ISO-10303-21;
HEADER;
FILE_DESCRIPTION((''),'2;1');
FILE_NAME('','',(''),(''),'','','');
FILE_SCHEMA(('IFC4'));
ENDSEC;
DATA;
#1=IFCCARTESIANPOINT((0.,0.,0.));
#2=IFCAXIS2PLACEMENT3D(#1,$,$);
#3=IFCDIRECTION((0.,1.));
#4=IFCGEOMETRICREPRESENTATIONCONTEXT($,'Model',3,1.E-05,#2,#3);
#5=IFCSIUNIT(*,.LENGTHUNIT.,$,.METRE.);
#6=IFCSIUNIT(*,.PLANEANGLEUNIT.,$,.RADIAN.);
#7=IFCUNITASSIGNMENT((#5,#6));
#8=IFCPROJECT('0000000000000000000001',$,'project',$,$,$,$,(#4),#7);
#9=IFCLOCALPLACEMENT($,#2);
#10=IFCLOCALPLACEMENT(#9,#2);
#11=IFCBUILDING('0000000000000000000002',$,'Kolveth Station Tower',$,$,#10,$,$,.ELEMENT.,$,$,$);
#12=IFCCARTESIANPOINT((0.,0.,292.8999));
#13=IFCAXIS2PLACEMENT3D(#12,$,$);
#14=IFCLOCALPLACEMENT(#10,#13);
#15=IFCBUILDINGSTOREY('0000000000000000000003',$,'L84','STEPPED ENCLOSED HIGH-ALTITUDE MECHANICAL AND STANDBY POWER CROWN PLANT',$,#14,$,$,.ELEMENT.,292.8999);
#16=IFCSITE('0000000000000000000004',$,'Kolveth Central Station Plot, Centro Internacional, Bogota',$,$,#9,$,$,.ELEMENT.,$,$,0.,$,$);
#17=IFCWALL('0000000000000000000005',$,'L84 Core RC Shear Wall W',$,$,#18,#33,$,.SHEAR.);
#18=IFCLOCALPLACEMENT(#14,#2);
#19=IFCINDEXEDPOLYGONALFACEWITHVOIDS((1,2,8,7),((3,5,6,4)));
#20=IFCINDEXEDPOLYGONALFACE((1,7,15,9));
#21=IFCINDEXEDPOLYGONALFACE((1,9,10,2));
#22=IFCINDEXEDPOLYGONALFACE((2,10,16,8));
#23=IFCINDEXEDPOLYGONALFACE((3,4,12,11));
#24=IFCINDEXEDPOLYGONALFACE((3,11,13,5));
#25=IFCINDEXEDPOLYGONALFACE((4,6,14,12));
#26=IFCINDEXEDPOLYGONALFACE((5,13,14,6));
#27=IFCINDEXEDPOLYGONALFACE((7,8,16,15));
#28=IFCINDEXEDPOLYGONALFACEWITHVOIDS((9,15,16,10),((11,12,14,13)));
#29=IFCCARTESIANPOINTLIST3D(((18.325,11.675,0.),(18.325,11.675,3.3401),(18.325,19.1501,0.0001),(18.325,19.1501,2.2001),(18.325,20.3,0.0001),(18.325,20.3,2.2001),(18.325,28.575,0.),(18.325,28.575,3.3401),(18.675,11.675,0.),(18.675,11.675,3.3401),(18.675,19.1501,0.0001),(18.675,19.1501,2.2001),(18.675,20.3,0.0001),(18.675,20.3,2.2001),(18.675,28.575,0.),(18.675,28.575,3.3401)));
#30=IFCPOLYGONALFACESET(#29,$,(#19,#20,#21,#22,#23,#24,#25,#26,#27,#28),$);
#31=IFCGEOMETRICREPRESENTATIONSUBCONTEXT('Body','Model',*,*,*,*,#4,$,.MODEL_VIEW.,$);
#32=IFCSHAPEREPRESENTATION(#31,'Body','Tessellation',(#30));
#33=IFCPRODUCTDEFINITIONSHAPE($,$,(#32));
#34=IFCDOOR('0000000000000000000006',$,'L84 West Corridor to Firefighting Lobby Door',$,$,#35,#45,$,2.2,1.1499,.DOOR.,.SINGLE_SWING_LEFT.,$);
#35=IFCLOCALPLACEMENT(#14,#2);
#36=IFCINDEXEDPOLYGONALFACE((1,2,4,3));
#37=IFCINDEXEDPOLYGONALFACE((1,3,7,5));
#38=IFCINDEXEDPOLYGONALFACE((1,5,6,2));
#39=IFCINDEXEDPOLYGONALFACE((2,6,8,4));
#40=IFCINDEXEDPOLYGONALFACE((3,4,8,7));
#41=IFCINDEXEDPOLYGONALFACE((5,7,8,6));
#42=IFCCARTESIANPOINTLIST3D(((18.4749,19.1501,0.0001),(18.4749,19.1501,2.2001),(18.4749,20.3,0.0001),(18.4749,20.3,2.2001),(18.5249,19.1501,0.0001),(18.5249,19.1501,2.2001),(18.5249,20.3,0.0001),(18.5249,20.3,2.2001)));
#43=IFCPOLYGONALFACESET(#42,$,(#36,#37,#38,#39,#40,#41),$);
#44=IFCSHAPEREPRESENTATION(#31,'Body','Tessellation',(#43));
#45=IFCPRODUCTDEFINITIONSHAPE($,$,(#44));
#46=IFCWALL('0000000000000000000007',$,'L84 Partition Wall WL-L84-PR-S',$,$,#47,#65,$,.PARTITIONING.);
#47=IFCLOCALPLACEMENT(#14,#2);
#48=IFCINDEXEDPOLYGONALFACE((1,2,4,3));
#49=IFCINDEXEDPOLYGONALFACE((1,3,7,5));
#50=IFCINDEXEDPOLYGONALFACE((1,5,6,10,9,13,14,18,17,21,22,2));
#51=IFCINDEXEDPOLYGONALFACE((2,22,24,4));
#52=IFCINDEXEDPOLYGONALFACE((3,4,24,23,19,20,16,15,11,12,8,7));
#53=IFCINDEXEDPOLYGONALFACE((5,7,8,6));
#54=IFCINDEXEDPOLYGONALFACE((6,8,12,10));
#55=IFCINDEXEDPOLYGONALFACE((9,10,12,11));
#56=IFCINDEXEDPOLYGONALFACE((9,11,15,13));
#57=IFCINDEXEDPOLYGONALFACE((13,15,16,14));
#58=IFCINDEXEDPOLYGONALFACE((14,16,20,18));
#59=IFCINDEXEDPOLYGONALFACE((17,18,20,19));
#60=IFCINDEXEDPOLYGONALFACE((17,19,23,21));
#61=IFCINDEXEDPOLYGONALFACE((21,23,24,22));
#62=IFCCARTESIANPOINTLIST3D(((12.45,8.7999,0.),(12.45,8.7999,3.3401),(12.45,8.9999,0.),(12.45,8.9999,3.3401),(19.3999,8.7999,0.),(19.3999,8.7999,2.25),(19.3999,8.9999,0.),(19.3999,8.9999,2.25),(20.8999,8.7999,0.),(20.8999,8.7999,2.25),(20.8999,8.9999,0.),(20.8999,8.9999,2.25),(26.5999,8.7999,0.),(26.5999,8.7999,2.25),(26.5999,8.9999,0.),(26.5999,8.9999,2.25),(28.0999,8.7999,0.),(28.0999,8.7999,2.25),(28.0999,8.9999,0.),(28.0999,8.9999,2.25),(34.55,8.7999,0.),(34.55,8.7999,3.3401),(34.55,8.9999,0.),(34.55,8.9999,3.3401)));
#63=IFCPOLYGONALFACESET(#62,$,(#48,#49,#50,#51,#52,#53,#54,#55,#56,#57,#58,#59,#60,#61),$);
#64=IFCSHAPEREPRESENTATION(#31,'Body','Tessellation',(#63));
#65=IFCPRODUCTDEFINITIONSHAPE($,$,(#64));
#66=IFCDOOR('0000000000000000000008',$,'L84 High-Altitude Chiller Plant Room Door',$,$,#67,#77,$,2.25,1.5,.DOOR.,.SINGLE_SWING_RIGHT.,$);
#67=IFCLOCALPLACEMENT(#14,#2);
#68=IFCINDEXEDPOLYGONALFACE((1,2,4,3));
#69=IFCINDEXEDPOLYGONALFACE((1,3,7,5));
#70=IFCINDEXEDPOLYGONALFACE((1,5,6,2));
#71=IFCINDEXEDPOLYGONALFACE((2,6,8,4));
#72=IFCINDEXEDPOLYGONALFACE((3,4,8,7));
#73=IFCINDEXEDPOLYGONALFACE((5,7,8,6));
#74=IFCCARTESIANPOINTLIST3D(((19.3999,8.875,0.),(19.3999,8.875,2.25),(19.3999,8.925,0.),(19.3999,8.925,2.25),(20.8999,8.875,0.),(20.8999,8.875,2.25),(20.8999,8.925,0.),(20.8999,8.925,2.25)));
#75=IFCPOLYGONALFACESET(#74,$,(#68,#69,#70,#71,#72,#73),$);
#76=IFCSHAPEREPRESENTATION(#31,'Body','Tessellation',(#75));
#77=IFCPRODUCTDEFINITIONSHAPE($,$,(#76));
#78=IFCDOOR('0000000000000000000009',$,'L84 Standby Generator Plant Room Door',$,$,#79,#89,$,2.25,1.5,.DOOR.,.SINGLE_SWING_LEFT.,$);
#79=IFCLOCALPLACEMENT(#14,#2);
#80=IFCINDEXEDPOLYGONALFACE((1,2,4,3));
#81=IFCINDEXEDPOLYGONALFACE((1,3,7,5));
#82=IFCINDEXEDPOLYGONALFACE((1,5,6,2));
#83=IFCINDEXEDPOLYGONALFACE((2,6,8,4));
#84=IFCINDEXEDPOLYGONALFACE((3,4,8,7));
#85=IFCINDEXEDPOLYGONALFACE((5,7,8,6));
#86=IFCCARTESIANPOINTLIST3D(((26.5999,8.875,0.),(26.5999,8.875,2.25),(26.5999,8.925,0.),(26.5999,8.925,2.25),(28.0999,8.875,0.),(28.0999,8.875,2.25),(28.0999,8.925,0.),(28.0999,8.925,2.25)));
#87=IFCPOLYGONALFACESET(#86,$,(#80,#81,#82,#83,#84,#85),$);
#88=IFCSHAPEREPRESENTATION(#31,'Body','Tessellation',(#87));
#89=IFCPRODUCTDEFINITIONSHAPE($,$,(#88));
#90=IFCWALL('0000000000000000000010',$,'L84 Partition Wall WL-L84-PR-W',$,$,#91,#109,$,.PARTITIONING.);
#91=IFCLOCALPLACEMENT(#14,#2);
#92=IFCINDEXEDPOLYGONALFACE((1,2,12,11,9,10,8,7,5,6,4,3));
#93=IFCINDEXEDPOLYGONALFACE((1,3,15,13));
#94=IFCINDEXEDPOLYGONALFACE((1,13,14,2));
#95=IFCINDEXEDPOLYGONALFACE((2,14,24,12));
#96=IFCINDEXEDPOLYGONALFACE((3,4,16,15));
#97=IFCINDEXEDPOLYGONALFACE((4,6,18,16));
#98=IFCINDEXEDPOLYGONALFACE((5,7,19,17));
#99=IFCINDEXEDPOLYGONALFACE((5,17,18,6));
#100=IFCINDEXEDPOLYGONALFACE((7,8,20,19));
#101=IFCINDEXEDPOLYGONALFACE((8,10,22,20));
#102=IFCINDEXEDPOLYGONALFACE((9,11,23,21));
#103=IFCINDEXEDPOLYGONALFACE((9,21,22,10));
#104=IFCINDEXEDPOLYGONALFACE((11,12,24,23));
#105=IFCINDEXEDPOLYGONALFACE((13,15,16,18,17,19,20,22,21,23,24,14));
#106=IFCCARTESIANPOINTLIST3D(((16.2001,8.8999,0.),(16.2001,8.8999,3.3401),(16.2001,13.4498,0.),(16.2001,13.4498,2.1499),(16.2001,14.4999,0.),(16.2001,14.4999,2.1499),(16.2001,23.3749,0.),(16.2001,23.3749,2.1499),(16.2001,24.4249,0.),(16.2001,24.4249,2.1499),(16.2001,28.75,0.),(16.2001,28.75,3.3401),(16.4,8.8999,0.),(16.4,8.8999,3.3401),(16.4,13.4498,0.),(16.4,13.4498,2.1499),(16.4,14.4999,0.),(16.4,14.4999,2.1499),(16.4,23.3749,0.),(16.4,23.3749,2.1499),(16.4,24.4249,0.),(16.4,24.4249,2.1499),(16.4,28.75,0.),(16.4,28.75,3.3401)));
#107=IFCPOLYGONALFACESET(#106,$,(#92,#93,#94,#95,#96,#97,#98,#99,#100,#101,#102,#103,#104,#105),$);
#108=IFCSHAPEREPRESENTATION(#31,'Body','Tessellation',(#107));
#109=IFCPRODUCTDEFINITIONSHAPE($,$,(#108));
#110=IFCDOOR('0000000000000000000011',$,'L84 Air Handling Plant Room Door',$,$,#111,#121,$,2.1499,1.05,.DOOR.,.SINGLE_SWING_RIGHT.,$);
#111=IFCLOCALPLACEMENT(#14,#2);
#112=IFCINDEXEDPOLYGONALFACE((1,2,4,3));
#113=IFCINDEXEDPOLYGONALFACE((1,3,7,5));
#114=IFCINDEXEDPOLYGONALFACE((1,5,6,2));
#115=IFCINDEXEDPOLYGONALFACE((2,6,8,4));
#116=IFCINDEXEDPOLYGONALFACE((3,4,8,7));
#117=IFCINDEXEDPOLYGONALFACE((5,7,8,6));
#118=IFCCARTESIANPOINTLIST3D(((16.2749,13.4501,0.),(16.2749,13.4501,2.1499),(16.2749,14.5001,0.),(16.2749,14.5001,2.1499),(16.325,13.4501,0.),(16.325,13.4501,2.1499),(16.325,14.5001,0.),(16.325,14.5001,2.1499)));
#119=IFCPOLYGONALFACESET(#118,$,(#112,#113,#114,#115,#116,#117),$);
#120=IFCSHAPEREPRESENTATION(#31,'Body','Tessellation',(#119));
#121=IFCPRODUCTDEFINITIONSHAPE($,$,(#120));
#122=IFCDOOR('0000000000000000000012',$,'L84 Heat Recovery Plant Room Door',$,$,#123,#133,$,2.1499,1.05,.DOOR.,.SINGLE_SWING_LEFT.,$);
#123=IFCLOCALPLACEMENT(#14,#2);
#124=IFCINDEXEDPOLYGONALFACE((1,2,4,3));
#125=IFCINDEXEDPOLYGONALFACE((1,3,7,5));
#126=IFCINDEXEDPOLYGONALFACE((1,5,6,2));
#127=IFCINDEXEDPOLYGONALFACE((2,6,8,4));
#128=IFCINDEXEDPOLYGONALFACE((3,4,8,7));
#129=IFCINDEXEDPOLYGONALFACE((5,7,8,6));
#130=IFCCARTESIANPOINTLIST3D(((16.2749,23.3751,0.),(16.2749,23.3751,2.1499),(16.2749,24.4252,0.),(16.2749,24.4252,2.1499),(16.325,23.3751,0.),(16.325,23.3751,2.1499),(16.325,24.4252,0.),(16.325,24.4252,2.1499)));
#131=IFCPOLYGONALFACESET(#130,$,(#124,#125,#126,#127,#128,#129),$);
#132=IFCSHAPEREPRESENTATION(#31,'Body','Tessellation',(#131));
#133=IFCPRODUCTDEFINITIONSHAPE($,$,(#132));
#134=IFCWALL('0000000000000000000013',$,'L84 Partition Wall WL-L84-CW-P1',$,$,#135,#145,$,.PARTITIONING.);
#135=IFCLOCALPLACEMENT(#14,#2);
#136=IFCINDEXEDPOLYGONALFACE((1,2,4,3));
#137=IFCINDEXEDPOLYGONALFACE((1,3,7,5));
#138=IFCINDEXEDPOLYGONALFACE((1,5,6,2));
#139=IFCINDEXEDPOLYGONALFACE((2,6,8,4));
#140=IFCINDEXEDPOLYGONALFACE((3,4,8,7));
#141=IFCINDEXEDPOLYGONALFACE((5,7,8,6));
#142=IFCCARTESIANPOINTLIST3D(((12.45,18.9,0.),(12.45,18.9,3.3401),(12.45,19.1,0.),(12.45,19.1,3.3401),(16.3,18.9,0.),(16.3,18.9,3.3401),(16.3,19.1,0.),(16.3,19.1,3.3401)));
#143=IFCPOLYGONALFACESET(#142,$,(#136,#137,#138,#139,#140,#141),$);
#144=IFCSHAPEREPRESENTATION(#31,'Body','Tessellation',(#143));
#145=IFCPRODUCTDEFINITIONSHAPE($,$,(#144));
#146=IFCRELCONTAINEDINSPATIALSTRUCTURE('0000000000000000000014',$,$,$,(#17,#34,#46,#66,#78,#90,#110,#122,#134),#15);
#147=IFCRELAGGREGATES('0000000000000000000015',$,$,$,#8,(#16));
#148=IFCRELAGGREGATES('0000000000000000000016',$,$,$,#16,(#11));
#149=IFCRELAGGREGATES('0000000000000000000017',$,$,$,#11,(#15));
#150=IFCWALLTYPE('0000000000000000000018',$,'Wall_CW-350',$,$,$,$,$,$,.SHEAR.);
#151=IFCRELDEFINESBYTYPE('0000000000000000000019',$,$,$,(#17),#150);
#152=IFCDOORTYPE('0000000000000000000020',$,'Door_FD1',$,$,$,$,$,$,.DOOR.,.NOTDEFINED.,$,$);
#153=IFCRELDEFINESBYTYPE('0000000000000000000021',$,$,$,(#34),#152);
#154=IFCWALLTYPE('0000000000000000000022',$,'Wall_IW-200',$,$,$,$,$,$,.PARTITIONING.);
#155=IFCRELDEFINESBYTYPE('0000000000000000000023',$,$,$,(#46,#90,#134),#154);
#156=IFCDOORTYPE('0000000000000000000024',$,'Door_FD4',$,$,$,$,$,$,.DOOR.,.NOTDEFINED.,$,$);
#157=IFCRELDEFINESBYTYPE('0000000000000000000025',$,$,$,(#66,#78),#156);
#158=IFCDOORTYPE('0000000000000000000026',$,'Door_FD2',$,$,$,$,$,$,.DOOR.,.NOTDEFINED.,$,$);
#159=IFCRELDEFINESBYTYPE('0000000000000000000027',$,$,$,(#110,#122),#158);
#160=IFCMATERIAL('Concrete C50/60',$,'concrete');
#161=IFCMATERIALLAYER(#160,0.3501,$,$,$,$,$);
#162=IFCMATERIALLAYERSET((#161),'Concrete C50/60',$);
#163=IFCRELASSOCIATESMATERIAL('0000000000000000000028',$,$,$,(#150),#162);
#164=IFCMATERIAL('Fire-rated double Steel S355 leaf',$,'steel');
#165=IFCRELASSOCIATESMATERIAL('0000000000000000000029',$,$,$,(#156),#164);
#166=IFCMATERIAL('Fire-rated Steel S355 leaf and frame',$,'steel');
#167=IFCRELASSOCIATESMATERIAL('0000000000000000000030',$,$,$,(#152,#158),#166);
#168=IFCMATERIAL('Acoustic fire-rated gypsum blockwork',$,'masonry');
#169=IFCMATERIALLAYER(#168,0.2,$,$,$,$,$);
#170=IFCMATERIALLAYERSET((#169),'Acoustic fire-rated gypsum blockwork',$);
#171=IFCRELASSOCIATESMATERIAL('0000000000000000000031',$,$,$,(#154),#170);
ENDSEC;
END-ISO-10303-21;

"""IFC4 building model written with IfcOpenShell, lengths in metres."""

from ifc_helpers import new_model, si_unit, direction, frame, frame_2d, origin, place, context, subcontext, project, spatial, rectangle, extrude, material, layer, layer_set, type_object, element, fill, save


model = new_model("IFC4")

# Units and contexts
model_context = context("Model", 3, precision=1e-05, world=origin(), true_north=direction((0.0, 1.0)))
body_context = subcontext(model_context, "Body", "Model", "MODEL_VIEW")
ifc_project = project(units=[si_unit("LENGTHUNIT", "METRE"), si_unit("PLANEANGLEUNIT", "RADIAN")], contexts=[model_context])

# Site, building, storey
site_placement = place(None, origin())
site = spatial("IfcSite", under=ifc_project, at=site_placement, Name="Kolveth Central Station Plot, Centro Internacional, Bogota", CompositionType="ELEMENT", RefElevation=0.0)
building_placement = place(site_placement, origin())
building = spatial("IfcBuilding", under=site, at=building_placement, Name="Kolveth Station Tower", CompositionType="ELEMENT")
storey_placement = place(building_placement, frame((0.0, 0.0, 292.8999)))
storey = spatial("IfcBuildingStorey", under=building, at=storey_placement, Name="L84", Description="STEPPED ENCLOSED HIGH-ALTITUDE MECHANICAL AND STANDBY POWER CROWN PLANT", CompositionType="ELEMENT", Elevation=292.8999)

# Wall, opening, door
ifc_material_1 = material(Name="Concrete C50/60", Category="concrete")
ifc_layer_1 = layer(ifc_material_1, 0.3501)
ifc_layer_set_1 = layer_set([ifc_layer_1], Name="Concrete C50/60")
wall_type_1 = type_object("IfcWallType", Name="Wall_CW-350", PredefinedType="SHEAR", material=ifc_layer_set_1)
ifc_material_2 = material(Name="Fire-rated double Steel S355 leaf", Category="steel")
door_type_1 = type_object("IfcDoorType", Name="Door_FD4", OperationType="NOTDEFINED", PredefinedType="DOOR", material=ifc_material_2)
wall_1_placement = place(storey_placement, frame((18.5, 11.675, 0.0), z_axis=(0.0, 0.0, 1.0), x_axis=(0.0, 1.0, 0.0)))
wall_1 = element("IfcWall", 1, at=wall_1_placement, inside=storey, type_object=wall_type_1, Name="L84 Core RC Shear Wall W", PredefinedType="SHEAR", context=body_context, shape_type="SweptSolid", body=[
    extrude(rectangle(XDim=16.8999, YDim=0.3501, at=frame_2d((8.45, 0.0))), origin(), (0.0, 0.0, 1.0), 3.3401),
])
opening_1_placement = place(wall_1_placement, frame((7.4751, 0.0, 0.0)))
opening_1 = element("IfcOpeningElement", 2, at=opening_1_placement, cuts=wall_1, PredefinedType="OPENING", context=body_context, shape_type="SweptSolid", body=[
    extrude(rectangle(XDim=1.1499, YDim=2.2, at=frame_2d((0.575, 1.1001))), frame((0.0, 0.1851, 0.0), z_axis=(0.0, -1.0, 0.0), x_axis=(1.0, 0.0, 0.0)), (0.0, 0.0, 1.0), 0.3701),
])
ifc_material_3 = material(Name="Fire-rated Steel S355 leaf and frame", Category="steel")
door_type_2 = type_object("IfcDoorType", Name="Door_FD1", OperationType="NOTDEFINED", PredefinedType="DOOR", material=ifc_material_3)
door_1_placement = place(opening_1_placement, frame((1.1499, 0.0, 0.0), z_axis=(0.0, 0.0, 1.0), x_axis=(-1.0, 0.0, 0.0)))
door_1 = element("IfcDoor", 3, at=door_1_placement, inside=storey, type_object=door_type_2, Name="L84 West Corridor to Firefighting Lobby Door", OperationType="SINGLE_SWING_LEFT", OverallHeight=2.2, OverallWidth=1.1499, PredefinedType="DOOR", context=body_context, shape_type="SweptSolid", body=[
    extrude(rectangle(XDim=1.1499, YDim=2.2, at=frame_2d((0.575, 1.1001))), frame((0.0, 0.0249, 0.0), z_axis=(0.0, -1.0, 0.0), x_axis=(1.0, 0.0, 0.0)), (0.0, 0.0, 1.0), 0.05),
])
fill(opening_1, door_1)

# Walls, openings, doors
ifc_material_4 = material(Name="Acoustic fire-rated gypsum blockwork", Category="masonry")
ifc_layer_2 = layer(ifc_material_4, 0.2)
ifc_layer_set_2 = layer_set([ifc_layer_2], Name="Acoustic fire-rated gypsum blockwork")
wall_type_2 = type_object("IfcWallType", Name="Wall_IW-200", PredefinedType="PARTITIONING", material=ifc_layer_set_2)
wall_2_placement = place(storey_placement, frame((12.45, 8.8999, 0.0), z_axis=(0.0, 0.0, 1.0), x_axis=(1.0, 0.0, 0.0)))
wall_2 = element("IfcWall", 4, at=wall_2_placement, inside=storey, type_object=wall_type_2, Name="L84 Partition Wall WL-L84-PR-S", PredefinedType="PARTITIONING", context=body_context, shape_type="SweptSolid", body=[
    extrude(rectangle(XDim=22.1001, YDim=0.2, at=frame_2d((11.05, 0.0))), origin(), (0.0, 0.0, 1.0), 3.3401),
])
opening_2_placement = place(wall_2_placement, frame((6.95, 0.0, 0.0)))
opening_2 = element("IfcOpeningElement", 5, at=opening_2_placement, cuts=wall_2, PredefinedType="OPENING", context=body_context, shape_type="SweptSolid", body=[
    extrude(rectangle(XDim=1.5, YDim=2.25, at=frame_2d((0.75, 1.125))), frame((0.0, 0.1099, 0.0), z_axis=(0.0, -1.0, 0.0), x_axis=(1.0, 0.0, 0.0)), (0.0, 0.0, 1.0), 0.22),
])
opening_3_placement = place(wall_2_placement, frame((14.1499, 0.0, 0.0)))
opening_3 = element("IfcOpeningElement", 6, at=opening_3_placement, cuts=wall_2, PredefinedType="OPENING", context=body_context, shape_type="SweptSolid", body=[
    extrude(rectangle(XDim=1.5, YDim=2.25, at=frame_2d((0.75, 1.125))), frame((0.0, 0.1099, 0.0), z_axis=(0.0, -1.0, 0.0), x_axis=(1.0, 0.0, 0.0)), (0.0, 0.0, 1.0), 0.22),
])
door_2_placement = place(opening_2_placement, frame((1.5, 0.0, 0.0), z_axis=(0.0, 0.0, 1.0), x_axis=(-1.0, 0.0, 0.0)))
door_2 = element("IfcDoor", 7, at=door_2_placement, inside=storey, type_object=door_type_1, Name="L84 High-Altitude Chiller Plant Room Door", OperationType="SINGLE_SWING_RIGHT", OverallHeight=2.25, OverallWidth=1.5, PredefinedType="DOOR", context=body_context, shape_type="SweptSolid", body=[
    extrude(rectangle(XDim=1.5, YDim=2.25, at=frame_2d((0.75, 1.125))), frame((0.0, 0.0249, 0.0), z_axis=(0.0, -1.0, 0.0), x_axis=(1.0, 0.0, 0.0)), (0.0, 0.0, 1.0), 0.05),
])
fill(opening_2, door_2)
door_3_placement = place(opening_3_placement, frame((1.5, 0.0, 0.0), z_axis=(0.0, 0.0, 1.0), x_axis=(-1.0, 0.0, 0.0)))
door_3 = element("IfcDoor", 8, at=door_3_placement, inside=storey, type_object=door_type_1, Name="L84 Standby Generator Plant Room Door", OperationType="SINGLE_SWING_LEFT", OverallHeight=2.25, OverallWidth=1.5, PredefinedType="DOOR", context=body_context, shape_type="SweptSolid", body=[
    extrude(rectangle(XDim=1.5, YDim=2.25, at=frame_2d((0.75, 1.125))), frame((0.0, 0.0249, 0.0), z_axis=(0.0, -1.0, 0.0), x_axis=(1.0, 0.0, 0.0)), (0.0, 0.0, 1.0), 0.05),
])
fill(opening_3, door_3)
wall_3_placement = place(storey_placement, frame((16.3, 8.8999, 0.0), z_axis=(0.0, 0.0, 1.0), x_axis=(0.0, 1.0, 0.0)))
wall_3 = element("IfcWall", 9, at=wall_3_placement, inside=storey, type_object=wall_type_2, Name="L84 Partition Wall WL-L84-PR-W", PredefinedType="PARTITIONING", context=body_context, shape_type="SweptSolid", body=[
    extrude(rectangle(XDim=19.8501, YDim=0.2, at=frame_2d((9.925, 0.0))), origin(), (0.0, 0.0, 1.0), 3.3401),
])
opening_4_placement = place(wall_3_placement, frame((4.55, 0.0, 0.0)))
opening_4 = element("IfcOpeningElement", 10, at=opening_4_placement, cuts=wall_3, PredefinedType="OPENING", context=body_context, shape_type="SweptSolid", body=[
    extrude(rectangle(XDim=1.05, YDim=2.1499, at=frame_2d((0.5249, 1.075))), frame((0.0, 0.1099, 0.0), z_axis=(0.0, -1.0, 0.0), x_axis=(1.0, 0.0, 0.0)), (0.0, 0.0, 1.0), 0.22),
])
opening_5_placement = place(wall_3_placement, frame((14.4751, 0.0, 0.0)))
opening_5 = element("IfcOpeningElement", 11, at=opening_5_placement, cuts=wall_3, PredefinedType="OPENING", context=body_context, shape_type="SweptSolid", body=[
    extrude(rectangle(XDim=1.05, YDim=2.1499, at=frame_2d((0.5249, 1.075))), frame((0.0, 0.1099, 0.0), z_axis=(0.0, -1.0, 0.0), x_axis=(1.0, 0.0, 0.0)), (0.0, 0.0, 1.0), 0.22),
])
door_type_3 = type_object("IfcDoorType", Name="Door_FD2", OperationType="NOTDEFINED", PredefinedType="DOOR", material=ifc_material_3)
door_4_placement = place(opening_4_placement, frame((1.05, 0.0, 0.0), z_axis=(0.0, 0.0, 1.0), x_axis=(-1.0, 0.0, 0.0)))
door_4 = element("IfcDoor", 12, at=door_4_placement, inside=storey, type_object=door_type_3, Name="L84 Air Handling Plant Room Door", OperationType="SINGLE_SWING_RIGHT", OverallHeight=2.1499, OverallWidth=1.05, PredefinedType="DOOR", context=body_context, shape_type="SweptSolid", body=[
    extrude(rectangle(XDim=1.05, YDim=2.1499, at=frame_2d((0.5249, 1.075))), frame((0.0, 0.0249, 0.0), z_axis=(0.0, -1.0, 0.0), x_axis=(1.0, 0.0, 0.0)), (0.0, 0.0, 1.0), 0.05),
])
fill(opening_4, door_4)
door_5_placement = place(opening_5_placement, frame((1.05, 0.0, 0.0), z_axis=(0.0, 0.0, 1.0), x_axis=(-1.0, 0.0, 0.0)))
door_5 = element("IfcDoor", 13, at=door_5_placement, inside=storey, type_object=door_type_3, Name="L84 Heat Recovery Plant Room Door", OperationType="SINGLE_SWING_LEFT", OverallHeight=2.1499, OverallWidth=1.05, PredefinedType="DOOR", context=body_context, shape_type="SweptSolid", body=[
    extrude(rectangle(XDim=1.05, YDim=2.1499, at=frame_2d((0.5249, 1.075))), frame((0.0, 0.0249, 0.0), z_axis=(0.0, -1.0, 0.0), x_axis=(1.0, 0.0, 0.0)), (0.0, 0.0, 1.0), 0.05),
])
fill(opening_5, door_5)

# Wall
wall_4_placement = place(storey_placement, frame((12.45, 19.0, 0.0), z_axis=(0.0, 0.0, 1.0), x_axis=(1.0, 0.0, 0.0)))
element("IfcWall", 14, at=wall_4_placement, inside=storey, type_object=wall_type_2, Name="L84 Partition Wall WL-L84-CW-P1", PredefinedType="PARTITIONING", context=body_context, shape_type="SweptSolid", body=[
    extrude(rectangle(XDim=3.8501, YDim=0.2, at=frame_2d((1.925, 0.0))), origin(), (0.0, 0.0, 1.0), 3.3401),
])

save(model, "model.ifc")
